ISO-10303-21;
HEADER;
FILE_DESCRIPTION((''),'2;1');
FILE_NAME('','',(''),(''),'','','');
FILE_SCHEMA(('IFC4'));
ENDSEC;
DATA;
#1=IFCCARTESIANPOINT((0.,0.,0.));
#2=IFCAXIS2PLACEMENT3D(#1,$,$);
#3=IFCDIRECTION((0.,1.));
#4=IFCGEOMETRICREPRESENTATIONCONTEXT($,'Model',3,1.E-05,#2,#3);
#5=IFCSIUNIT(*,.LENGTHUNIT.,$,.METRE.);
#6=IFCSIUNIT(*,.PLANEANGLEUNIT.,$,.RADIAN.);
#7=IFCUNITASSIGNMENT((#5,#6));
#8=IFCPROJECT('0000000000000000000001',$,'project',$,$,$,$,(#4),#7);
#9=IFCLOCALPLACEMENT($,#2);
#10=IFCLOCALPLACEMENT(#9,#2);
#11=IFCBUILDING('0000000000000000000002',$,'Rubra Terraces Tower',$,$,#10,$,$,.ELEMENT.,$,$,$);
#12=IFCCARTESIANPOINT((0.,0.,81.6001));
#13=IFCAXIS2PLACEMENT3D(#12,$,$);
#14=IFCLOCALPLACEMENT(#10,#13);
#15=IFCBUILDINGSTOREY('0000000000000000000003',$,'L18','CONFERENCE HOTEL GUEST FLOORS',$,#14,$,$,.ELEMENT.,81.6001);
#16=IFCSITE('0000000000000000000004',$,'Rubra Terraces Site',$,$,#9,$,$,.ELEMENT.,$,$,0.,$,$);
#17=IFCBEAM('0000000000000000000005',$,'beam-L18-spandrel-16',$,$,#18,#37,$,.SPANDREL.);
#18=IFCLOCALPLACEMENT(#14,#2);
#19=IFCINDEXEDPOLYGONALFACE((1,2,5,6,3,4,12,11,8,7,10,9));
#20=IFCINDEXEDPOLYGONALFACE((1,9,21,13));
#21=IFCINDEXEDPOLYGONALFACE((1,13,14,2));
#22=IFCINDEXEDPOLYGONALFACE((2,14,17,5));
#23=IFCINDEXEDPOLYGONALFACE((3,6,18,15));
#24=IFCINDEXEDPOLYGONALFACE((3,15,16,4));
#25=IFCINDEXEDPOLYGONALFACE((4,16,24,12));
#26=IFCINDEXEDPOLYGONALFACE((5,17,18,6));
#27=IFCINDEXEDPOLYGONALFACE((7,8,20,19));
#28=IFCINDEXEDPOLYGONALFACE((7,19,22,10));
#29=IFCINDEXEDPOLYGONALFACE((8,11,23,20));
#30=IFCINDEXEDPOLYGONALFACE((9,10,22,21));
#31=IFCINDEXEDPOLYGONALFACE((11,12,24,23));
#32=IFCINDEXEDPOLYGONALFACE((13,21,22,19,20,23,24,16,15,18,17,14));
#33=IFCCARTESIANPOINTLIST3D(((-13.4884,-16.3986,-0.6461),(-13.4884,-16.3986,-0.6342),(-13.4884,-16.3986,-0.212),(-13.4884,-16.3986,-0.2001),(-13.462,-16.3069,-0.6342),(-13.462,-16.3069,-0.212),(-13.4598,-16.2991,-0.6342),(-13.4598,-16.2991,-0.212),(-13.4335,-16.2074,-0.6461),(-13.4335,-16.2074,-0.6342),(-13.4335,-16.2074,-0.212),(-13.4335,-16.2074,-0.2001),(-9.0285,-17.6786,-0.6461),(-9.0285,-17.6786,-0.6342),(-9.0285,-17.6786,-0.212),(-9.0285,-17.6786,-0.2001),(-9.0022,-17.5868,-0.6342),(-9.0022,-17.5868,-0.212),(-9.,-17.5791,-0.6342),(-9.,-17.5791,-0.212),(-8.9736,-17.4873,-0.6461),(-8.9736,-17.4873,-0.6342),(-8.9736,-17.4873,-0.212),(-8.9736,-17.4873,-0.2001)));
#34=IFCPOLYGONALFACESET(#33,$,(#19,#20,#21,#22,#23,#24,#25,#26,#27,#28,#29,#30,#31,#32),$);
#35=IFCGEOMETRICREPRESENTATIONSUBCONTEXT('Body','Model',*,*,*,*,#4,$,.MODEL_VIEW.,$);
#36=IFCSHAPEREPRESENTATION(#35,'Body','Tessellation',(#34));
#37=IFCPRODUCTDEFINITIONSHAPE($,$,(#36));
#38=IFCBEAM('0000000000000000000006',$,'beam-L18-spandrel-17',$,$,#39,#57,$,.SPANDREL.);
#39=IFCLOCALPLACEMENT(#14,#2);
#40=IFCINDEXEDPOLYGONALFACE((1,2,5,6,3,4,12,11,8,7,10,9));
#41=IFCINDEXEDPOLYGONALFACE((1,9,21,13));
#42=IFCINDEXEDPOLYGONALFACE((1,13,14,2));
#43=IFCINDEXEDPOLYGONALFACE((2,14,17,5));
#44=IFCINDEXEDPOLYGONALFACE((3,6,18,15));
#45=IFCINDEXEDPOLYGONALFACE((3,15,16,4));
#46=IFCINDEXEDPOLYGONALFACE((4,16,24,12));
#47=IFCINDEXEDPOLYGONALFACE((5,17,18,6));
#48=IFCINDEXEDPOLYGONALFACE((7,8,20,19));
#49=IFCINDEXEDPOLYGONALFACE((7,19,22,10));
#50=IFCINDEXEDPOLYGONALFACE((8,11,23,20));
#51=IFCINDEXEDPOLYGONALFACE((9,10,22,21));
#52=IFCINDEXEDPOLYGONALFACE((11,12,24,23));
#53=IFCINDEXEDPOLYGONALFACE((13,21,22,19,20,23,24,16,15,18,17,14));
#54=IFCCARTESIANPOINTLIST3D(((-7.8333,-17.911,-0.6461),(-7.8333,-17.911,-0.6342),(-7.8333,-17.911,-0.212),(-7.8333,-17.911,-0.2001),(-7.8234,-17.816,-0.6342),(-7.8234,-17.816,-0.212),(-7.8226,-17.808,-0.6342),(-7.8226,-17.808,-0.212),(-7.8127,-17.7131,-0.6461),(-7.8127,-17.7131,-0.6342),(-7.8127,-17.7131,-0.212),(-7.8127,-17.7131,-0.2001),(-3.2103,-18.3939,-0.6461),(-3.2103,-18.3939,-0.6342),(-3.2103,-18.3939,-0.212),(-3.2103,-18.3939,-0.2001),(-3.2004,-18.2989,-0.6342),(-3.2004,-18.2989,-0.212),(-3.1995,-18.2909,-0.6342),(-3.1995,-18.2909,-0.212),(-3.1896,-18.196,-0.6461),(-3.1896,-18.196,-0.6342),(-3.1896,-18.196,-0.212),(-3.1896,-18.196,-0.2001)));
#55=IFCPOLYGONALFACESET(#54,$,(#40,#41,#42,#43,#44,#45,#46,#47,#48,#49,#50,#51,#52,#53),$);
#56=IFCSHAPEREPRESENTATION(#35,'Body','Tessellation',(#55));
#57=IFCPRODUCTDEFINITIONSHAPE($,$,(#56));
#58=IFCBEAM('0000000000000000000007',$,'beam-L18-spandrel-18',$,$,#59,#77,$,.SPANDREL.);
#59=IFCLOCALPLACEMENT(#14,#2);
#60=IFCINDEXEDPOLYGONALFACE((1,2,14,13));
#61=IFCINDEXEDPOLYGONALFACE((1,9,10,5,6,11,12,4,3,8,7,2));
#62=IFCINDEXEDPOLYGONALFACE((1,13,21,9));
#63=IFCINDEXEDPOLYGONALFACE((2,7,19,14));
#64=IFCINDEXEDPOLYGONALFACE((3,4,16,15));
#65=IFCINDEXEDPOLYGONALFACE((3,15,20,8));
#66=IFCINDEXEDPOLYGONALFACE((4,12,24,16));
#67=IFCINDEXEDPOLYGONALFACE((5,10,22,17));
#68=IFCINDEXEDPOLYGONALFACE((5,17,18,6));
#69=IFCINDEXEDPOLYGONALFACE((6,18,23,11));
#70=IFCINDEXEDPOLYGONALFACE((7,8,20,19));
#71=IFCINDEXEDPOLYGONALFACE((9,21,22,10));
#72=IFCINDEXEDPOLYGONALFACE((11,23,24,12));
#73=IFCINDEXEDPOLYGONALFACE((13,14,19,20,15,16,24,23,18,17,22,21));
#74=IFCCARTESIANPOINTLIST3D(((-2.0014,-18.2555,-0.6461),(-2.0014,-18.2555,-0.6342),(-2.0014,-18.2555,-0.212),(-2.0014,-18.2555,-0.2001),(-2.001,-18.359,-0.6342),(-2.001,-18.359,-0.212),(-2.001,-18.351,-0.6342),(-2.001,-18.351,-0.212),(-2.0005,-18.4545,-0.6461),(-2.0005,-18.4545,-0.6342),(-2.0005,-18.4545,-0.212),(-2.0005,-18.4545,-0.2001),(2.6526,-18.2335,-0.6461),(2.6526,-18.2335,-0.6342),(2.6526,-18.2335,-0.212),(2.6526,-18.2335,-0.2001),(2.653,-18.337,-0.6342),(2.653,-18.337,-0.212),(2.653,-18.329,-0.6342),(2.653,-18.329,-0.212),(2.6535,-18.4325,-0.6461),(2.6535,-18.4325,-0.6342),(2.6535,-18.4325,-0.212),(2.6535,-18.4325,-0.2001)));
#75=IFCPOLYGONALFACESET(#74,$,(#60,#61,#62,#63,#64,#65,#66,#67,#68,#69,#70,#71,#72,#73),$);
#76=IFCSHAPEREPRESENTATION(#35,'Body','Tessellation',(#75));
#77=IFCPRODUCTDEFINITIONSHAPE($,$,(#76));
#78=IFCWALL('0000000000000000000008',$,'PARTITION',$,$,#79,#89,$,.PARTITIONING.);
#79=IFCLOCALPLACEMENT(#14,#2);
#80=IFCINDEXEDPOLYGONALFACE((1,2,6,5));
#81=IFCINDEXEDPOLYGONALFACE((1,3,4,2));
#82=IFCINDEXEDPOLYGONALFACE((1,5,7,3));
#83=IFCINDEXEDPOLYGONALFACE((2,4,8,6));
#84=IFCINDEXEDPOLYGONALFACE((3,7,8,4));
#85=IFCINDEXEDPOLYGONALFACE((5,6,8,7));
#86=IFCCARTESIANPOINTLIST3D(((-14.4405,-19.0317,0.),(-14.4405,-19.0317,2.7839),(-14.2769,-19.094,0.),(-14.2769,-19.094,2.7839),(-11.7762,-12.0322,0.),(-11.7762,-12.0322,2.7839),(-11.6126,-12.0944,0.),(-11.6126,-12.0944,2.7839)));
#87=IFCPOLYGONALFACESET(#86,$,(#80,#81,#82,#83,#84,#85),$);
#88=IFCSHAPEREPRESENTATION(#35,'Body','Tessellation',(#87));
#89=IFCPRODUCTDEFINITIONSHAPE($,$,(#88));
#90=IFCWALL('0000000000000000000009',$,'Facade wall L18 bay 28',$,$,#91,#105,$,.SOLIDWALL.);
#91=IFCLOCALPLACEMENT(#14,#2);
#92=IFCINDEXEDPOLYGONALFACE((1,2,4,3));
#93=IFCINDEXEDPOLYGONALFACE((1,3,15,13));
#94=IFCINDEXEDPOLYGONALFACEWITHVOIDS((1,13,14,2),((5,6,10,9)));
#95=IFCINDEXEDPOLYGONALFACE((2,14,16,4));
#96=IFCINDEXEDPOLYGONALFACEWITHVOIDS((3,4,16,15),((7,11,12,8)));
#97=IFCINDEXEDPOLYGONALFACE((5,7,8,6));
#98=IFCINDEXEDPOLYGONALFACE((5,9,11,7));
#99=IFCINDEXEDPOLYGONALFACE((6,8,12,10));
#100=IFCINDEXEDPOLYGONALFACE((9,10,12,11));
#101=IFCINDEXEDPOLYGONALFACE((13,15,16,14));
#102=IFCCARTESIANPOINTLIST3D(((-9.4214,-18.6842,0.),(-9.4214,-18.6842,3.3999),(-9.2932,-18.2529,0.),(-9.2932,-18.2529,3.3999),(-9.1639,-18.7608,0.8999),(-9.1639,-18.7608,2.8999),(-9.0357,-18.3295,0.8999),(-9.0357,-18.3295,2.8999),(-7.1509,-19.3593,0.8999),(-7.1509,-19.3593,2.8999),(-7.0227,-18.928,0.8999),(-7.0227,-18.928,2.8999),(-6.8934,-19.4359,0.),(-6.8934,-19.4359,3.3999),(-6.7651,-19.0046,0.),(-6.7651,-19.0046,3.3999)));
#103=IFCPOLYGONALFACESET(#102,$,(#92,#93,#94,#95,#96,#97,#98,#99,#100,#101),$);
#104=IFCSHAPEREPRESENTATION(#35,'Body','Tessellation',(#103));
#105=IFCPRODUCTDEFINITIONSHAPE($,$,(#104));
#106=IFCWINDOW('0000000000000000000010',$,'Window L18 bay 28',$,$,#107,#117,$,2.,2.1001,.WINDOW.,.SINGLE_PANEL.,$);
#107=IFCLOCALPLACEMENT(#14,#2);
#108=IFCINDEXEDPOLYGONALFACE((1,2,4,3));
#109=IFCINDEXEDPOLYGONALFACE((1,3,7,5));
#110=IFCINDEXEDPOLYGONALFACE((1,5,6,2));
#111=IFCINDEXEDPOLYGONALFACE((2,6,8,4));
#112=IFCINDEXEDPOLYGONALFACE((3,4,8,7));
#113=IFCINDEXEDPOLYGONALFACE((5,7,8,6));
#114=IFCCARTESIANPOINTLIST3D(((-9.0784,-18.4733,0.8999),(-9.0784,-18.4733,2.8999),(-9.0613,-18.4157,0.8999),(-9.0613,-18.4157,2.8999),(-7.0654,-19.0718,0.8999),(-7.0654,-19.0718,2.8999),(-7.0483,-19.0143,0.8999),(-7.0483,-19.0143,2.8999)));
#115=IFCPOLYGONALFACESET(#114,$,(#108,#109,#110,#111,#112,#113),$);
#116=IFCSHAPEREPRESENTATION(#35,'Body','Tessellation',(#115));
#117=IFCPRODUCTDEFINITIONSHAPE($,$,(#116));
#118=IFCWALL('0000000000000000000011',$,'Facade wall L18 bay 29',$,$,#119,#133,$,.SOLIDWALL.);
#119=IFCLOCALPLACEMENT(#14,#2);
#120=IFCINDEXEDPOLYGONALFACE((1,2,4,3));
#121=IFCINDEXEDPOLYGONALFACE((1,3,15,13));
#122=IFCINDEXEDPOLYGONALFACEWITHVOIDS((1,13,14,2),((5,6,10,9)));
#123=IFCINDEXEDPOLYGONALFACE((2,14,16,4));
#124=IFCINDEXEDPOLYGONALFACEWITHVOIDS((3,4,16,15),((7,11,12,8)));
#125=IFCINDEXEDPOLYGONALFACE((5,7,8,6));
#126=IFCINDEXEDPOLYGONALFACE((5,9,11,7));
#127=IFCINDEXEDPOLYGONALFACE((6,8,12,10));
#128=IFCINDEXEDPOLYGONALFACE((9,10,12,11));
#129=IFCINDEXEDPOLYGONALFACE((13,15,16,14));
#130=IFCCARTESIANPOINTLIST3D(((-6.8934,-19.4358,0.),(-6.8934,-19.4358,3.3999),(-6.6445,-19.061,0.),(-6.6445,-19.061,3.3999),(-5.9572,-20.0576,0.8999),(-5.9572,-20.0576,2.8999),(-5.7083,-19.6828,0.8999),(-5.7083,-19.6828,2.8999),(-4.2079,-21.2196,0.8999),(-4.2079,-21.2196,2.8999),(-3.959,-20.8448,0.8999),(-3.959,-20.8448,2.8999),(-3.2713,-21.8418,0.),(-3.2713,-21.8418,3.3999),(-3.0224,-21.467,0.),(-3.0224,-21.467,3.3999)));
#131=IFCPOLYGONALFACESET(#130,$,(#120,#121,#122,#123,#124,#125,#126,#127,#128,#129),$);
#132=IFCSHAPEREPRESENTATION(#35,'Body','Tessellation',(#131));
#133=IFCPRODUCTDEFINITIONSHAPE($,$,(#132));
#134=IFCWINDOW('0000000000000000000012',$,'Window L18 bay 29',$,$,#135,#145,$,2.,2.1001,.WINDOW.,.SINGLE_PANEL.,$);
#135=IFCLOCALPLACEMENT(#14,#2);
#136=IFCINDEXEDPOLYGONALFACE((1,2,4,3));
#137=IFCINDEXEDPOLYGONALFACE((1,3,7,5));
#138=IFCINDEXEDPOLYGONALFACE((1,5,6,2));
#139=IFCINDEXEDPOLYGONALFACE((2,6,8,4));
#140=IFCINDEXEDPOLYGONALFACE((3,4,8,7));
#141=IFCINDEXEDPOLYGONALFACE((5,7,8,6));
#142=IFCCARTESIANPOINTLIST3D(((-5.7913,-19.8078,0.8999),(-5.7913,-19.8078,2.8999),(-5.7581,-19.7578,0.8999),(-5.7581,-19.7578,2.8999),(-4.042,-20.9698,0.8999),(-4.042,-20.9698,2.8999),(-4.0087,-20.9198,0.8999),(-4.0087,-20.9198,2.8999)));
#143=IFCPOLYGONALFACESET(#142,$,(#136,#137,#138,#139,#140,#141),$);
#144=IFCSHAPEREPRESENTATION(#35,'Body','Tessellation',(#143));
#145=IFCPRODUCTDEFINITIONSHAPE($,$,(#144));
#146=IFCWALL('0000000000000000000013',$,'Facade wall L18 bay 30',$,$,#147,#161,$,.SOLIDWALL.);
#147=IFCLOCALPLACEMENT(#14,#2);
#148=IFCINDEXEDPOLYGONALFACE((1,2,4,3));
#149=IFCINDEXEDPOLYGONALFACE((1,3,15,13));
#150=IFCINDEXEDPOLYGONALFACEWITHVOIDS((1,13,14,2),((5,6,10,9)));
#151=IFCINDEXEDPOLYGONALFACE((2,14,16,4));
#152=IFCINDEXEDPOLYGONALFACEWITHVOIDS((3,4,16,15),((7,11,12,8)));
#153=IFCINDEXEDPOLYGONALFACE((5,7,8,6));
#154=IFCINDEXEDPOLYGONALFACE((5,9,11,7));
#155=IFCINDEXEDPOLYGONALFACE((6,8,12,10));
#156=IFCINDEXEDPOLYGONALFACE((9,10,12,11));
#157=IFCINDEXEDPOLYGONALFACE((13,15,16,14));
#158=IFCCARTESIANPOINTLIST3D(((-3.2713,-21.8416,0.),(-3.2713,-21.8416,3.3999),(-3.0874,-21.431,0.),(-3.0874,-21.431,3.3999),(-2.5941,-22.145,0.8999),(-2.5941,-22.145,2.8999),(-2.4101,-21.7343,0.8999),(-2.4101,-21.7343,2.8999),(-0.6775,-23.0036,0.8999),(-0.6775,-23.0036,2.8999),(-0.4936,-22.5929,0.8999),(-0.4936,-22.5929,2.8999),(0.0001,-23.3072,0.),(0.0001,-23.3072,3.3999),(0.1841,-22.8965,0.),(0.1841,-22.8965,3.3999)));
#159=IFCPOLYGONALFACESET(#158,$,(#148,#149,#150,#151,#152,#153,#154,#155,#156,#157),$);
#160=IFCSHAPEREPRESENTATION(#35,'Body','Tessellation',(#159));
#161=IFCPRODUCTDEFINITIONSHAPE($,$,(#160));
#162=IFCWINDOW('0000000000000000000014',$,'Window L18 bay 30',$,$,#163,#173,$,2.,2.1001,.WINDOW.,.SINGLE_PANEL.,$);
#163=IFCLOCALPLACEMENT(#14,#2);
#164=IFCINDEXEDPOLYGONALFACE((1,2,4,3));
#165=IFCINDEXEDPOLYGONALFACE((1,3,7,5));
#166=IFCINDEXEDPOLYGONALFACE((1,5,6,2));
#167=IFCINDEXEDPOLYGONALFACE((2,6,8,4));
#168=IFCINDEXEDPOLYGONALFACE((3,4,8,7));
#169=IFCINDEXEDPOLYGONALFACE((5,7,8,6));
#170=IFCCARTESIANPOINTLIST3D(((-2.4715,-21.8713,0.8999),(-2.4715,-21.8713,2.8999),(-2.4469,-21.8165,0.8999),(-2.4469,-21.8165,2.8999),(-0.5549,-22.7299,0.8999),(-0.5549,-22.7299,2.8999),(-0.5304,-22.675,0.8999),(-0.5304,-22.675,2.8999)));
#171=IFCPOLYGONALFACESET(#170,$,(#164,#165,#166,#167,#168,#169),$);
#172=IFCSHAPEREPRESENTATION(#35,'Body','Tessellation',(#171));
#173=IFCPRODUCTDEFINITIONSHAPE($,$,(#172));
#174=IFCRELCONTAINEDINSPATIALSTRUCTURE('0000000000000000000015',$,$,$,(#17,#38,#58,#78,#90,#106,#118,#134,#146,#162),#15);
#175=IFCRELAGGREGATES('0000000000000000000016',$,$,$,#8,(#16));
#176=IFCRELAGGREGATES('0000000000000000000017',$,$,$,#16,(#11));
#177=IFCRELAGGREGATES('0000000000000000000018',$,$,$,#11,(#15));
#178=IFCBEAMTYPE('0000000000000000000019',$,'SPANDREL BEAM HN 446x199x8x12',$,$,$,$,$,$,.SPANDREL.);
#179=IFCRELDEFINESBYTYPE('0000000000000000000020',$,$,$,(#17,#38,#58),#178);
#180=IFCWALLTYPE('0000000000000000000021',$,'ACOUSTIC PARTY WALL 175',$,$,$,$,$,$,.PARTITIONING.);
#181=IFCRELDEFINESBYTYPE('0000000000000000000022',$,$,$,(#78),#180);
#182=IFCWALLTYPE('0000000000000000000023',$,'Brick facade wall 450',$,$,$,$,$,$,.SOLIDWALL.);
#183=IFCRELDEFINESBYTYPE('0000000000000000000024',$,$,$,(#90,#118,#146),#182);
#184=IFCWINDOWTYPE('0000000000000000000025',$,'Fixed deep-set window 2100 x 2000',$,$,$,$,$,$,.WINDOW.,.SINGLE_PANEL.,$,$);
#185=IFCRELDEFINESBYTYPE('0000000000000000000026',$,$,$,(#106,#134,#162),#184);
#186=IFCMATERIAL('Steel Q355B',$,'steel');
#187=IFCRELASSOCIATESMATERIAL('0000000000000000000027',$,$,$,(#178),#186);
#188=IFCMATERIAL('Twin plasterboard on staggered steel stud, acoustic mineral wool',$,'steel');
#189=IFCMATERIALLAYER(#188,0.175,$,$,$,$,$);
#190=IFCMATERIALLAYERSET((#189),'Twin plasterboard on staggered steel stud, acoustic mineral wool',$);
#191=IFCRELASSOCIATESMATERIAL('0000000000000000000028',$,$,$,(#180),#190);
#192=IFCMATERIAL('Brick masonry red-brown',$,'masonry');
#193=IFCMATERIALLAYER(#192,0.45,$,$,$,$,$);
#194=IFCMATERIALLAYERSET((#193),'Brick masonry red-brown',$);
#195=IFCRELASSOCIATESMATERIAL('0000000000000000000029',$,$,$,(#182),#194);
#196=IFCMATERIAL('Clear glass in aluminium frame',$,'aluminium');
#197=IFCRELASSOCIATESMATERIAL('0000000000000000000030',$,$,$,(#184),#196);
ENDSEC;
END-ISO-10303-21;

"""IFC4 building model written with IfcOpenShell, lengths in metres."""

from ifc_helpers import new_model, si_unit, direction, frame, frame_2d, origin, origin_2d, place, context, subcontext, project, spatial, rectangle, i_section, extrude, material, layer, layer_set, material_profile, profile_set, type_object, element, fill, save


model = new_model("IFC4")

# Units and contexts
model_context = context("Model", 3, precision=1e-05, world=origin(), true_north=direction((0.0, 1.0)))
body_context = subcontext(model_context, "Body", "Model", "MODEL_VIEW")
ifc_project = project(units=[si_unit("LENGTHUNIT", "METRE"), si_unit("PLANEANGLEUNIT", "RADIAN")], contexts=[model_context])

# Site, building, storey
site_placement = place(None, origin())
site = spatial("IfcSite", under=ifc_project, at=site_placement, Name="Rubra Terraces Site", CompositionType="ELEMENT", RefElevation=0.0)
building_placement = place(site_placement, origin())
building = spatial("IfcBuilding", under=site, at=building_placement, Name="Rubra Terraces Tower", CompositionType="ELEMENT")
storey_placement = place(building_placement, frame((0.0, 0.0, 81.6001)))
storey = spatial("IfcBuildingStorey", under=building, at=storey_placement, Name="L18", Description="CONFERENCE HOTEL GUEST FLOORS", CompositionType="ELEMENT", Elevation=81.6001)

# Beams
ifc_material_1 = material(Name="Steel Q355B", Category="steel")
ifc_material_profile_1 = material_profile(ifc_material_1, i_section(OverallWidth=0.199, OverallDepth=0.446, WebThickness=0.0081, FlangeThickness=0.012, at=origin_2d()), Name="HN 446x199x8x12")
ifc_profile_set_1 = profile_set([ifc_material_profile_1], Name="Steel Q355B")
beam_type_1 = type_object("IfcBeamType", Name="SPANDREL BEAM HN 446x199x8x12", PredefinedType="SPANDREL", material=ifc_profile_set_1)
beam_1_placement = place(storey_placement, frame((-13.4609, -16.303, -0.4231), z_axis=(0.961196, -0.275868, 0.0), x_axis=(0.275868, 0.961196, 0.0)))
element("IfcBeam", 1, at=beam_1_placement, inside=storey, type_object=beam_type_1, Name="beam-L18-spandrel-16", PredefinedType="SPANDREL", context=body_context, shape_type="SweptSolid", body=[
    extrude(i_section(OverallWidth=0.199, OverallDepth=0.446, WebThickness=0.0081, FlangeThickness=0.012, at=origin_2d()), origin(), (0.0, 0.0, 1.0), 4.6399),
])
beam_2_placement = place(storey_placement, frame((-7.823, -17.812, -0.4231), z_axis=(0.994589, -0.103892, 0.0), x_axis=(0.103892, 0.994589, 0.0)))
element("IfcBeam", 2, at=beam_2_placement, inside=storey, type_object=beam_type_1, Name="beam-L18-spandrel-17", PredefinedType="SPANDREL", context=body_context, shape_type="SweptSolid", body=[
    extrude(i_section(OverallWidth=0.199, OverallDepth=0.446, WebThickness=0.0081, FlangeThickness=0.012, at=origin_2d()), origin(), (0.0, 0.0, 1.0), 4.6482),
])
beam_3_placement = place(storey_placement, frame((-2.001, -18.355, -0.4231), z_axis=(0.999989, 0.004721, 0.0), x_axis=(-0.004721, 0.999989, 0.0)))
element("IfcBeam", 3, at=beam_3_placement, inside=storey, type_object=beam_type_1, Name="beam-L18-spandrel-18", PredefinedType="SPANDREL", context=body_context, shape_type="SweptSolid", body=[
    extrude(i_section(OverallWidth=0.199, OverallDepth=0.446, WebThickness=0.0081, FlangeThickness=0.012, at=origin_2d()), origin(), (0.0, 0.0, 1.0), 4.6541),
])

# Wall
ifc_material_2 = material(Name="Twin plasterboard on staggered steel stud, acoustic mineral wool", Category="steel")
ifc_layer_1 = layer(ifc_material_2, 0.175)
ifc_layer_set_1 = layer_set([ifc_layer_1], Name="Twin plasterboard on staggered steel stud, acoustic mineral wool")
wall_type_1 = type_object("IfcWallType", Name="ACOUSTIC PARTY WALL 175", PredefinedType="PARTITIONING", material=ifc_layer_set_1)
wall_1_placement = place(storey_placement, frame((-14.3586, -19.0627, 0.0), z_axis=(0.0, 0.0, 1.0), x_axis=(0.355742, 0.934584, 0.0)))
element("IfcWall", 4, at=wall_1_placement, inside=storey, type_object=wall_type_1, Name="PARTITION", PredefinedType="PARTITIONING", context=body_context, shape_type="SweptSolid", body=[
    extrude(rectangle(XDim=7.4895, YDim=0.175, at=frame_2d((3.7446, 0.0))), origin(), (0.0, 0.0, 1.0), 2.7839),
])

# Walls, openings, windows
ifc_material_3 = material(Name="Brick masonry red-brown", Category="masonry")
ifc_layer_2 = layer(ifc_material_3, 0.45)
ifc_layer_set_2 = layer_set([ifc_layer_2], Name="Brick masonry red-brown")
wall_type_2 = type_object("IfcWallType", Name="Brick facade wall 450", PredefinedType="SOLIDWALL", material=ifc_layer_set_2)
wall_2_placement = place(storey_placement, frame((-9.3574, -18.4685, 0.0), z_axis=(0.0, 0.0, 1.0), x_axis=(0.958524, -0.285012, 0.0)))
wall_2 = element("IfcWall", 5, at=wall_2_placement, inside=storey, type_object=wall_type_2, Name="Facade wall L18 bay 28", PredefinedType="SOLIDWALL", context=body_context, shape_type="SweptSolid", body=[
    extrude(rectangle(XDim=2.6375, YDim=0.45, at=frame_2d((1.3188, 0.0))), origin(), (0.0, 0.0, 1.0), 3.3999),
])
opening_1_placement = place(wall_2_placement, frame((0.2688, 0.0, 0.8999)))
opening_1 = element("IfcOpeningElement", 6, at=opening_1_placement, cuts=wall_2, PredefinedType="OPENING", context=body_context, shape_type="SweptSolid", body=[
    extrude(rectangle(XDim=2.1001, YDim=2.0, at=frame_2d((1.05, 1.0))), frame((0.0, 0.2349, 0.0), z_axis=(0.0, -1.0, 0.0), x_axis=(1.0, 0.0, 0.0)), (0.0, 0.0, 1.0), 0.47),
])
ifc_material_4 = material(Name="Clear glass in aluminium frame", Category="aluminium")
window_type = type_object("IfcWindowType", Name="Fixed deep-set window 2100 x 2000", PartitioningType="SINGLE_PANEL", PredefinedType="WINDOW", material=ifc_material_4)
window_1_placement = place(opening_1_placement, origin())
window_1 = element("IfcWindow", 7, at=window_1_placement, inside=storey, type_object=window_type, Name="Window L18 bay 28", OverallHeight=2.0, OverallWidth=2.1001, PartitioningType="SINGLE_PANEL", PredefinedType="WINDOW", context=body_context, shape_type="SweptSolid", body=[
    extrude(rectangle(XDim=2.1001, YDim=2.0, at=frame_2d((1.05, 1.0))), frame((0.0, 0.135, 0.0), z_axis=(0.0, -1.0, 0.0), x_axis=(1.0, 0.0, 0.0)), (0.0, 0.0, 1.0), 0.0601),
])
fill(opening_1, window_1)
wall_3_placement = place(storey_placement, frame((-6.769, -19.2483, 0.0), z_axis=(0.0, 0.0, 1.0), x_axis=(0.832973, -0.553313, 0.0)))
wall_3 = element("IfcWall", 8, at=wall_3_placement, inside=storey, type_object=wall_type_2, Name="Facade wall L18 bay 29", PredefinedType="SOLIDWALL", context=body_context, shape_type="SweptSolid", body=[
    extrude(rectangle(XDim=4.3484, YDim=0.45, at=frame_2d((2.1743, 0.0))), origin(), (0.0, 0.0, 1.0), 3.3999),
])
opening_2_placement = place(wall_3_placement, frame((1.124, 0.0, 0.8999)))
opening_2 = element("IfcOpeningElement", 9, at=opening_2_placement, cuts=wall_3, PredefinedType="OPENING", context=body_context, shape_type="SweptSolid", body=[
    extrude(rectangle(XDim=2.1001, YDim=2.0, at=frame_2d((1.05, 1.0))), frame((0.0, 0.2349, 0.0), z_axis=(0.0, -1.0, 0.0), x_axis=(1.0, 0.0, 0.0)), (0.0, 0.0, 1.0), 0.47),
])
window_2_placement = place(opening_2_placement, origin())
window_2 = element("IfcWindow", 10, at=window_2_placement, inside=storey, type_object=window_type, Name="Window L18 bay 29", OverallHeight=2.0, OverallWidth=2.1001, PartitioningType="SINGLE_PANEL", PredefinedType="WINDOW", context=body_context, shape_type="SweptSolid", body=[
    extrude(rectangle(XDim=2.1001, YDim=2.0, at=frame_2d((1.05, 1.0))), frame((0.0, 0.135, 0.0), z_axis=(0.0, -1.0, 0.0), x_axis=(1.0, 0.0, 0.0)), (0.0, 0.0, 1.0), 0.0601),
])
fill(opening_2, window_2)
wall_4_placement = place(storey_placement, frame((-3.1794, -21.6362, 0.0), z_axis=(0.0, 0.0, 1.0), x_axis=(0.912608, -0.408835, 0.0)))
wall_4 = element("IfcWall", 11, at=wall_4_placement, inside=storey, type_object=wall_type_2, Name="Facade wall L18 bay 30", PredefinedType="SOLIDWALL", context=body_context, shape_type="SweptSolid", body=[
    extrude(rectangle(XDim=3.5847, YDim=0.45, at=frame_2d((1.7925, 0.0))), origin(), (0.0, 0.0, 1.0), 3.3999),
])
opening_3_placement = place(wall_4_placement, frame((0.7422, 0.0, 0.8999)))
opening_3 = element("IfcOpeningElement", 12, at=opening_3_placement, cuts=wall_4, PredefinedType="OPENING", context=body_context, shape_type="SweptSolid", body=[
    extrude(rectangle(XDim=2.1001, YDim=2.0, at=frame_2d((1.05, 1.0))), frame((0.0, 0.2349, 0.0), z_axis=(0.0, -1.0, 0.0), x_axis=(1.0, 0.0, 0.0)), (0.0, 0.0, 1.0), 0.47),
])
window_3_placement = place(opening_3_placement, origin())
window_3 = element("IfcWindow", 13, at=window_3_placement, inside=storey, type_object=window_type, Name="Window L18 bay 30", OverallHeight=2.0, OverallWidth=2.1001, PartitioningType="SINGLE_PANEL", PredefinedType="WINDOW", context=body_context, shape_type="SweptSolid", body=[
    extrude(rectangle(XDim=2.1001, YDim=2.0, at=frame_2d((1.05, 1.0))), frame((0.0, 0.135, 0.0), z_axis=(0.0, -1.0, 0.0), x_axis=(1.0, 0.0, 0.0)), (0.0, 0.0, 1.0), 0.0601),
])
fill(opening_3, window_3)

save(model, "model.ifc")
